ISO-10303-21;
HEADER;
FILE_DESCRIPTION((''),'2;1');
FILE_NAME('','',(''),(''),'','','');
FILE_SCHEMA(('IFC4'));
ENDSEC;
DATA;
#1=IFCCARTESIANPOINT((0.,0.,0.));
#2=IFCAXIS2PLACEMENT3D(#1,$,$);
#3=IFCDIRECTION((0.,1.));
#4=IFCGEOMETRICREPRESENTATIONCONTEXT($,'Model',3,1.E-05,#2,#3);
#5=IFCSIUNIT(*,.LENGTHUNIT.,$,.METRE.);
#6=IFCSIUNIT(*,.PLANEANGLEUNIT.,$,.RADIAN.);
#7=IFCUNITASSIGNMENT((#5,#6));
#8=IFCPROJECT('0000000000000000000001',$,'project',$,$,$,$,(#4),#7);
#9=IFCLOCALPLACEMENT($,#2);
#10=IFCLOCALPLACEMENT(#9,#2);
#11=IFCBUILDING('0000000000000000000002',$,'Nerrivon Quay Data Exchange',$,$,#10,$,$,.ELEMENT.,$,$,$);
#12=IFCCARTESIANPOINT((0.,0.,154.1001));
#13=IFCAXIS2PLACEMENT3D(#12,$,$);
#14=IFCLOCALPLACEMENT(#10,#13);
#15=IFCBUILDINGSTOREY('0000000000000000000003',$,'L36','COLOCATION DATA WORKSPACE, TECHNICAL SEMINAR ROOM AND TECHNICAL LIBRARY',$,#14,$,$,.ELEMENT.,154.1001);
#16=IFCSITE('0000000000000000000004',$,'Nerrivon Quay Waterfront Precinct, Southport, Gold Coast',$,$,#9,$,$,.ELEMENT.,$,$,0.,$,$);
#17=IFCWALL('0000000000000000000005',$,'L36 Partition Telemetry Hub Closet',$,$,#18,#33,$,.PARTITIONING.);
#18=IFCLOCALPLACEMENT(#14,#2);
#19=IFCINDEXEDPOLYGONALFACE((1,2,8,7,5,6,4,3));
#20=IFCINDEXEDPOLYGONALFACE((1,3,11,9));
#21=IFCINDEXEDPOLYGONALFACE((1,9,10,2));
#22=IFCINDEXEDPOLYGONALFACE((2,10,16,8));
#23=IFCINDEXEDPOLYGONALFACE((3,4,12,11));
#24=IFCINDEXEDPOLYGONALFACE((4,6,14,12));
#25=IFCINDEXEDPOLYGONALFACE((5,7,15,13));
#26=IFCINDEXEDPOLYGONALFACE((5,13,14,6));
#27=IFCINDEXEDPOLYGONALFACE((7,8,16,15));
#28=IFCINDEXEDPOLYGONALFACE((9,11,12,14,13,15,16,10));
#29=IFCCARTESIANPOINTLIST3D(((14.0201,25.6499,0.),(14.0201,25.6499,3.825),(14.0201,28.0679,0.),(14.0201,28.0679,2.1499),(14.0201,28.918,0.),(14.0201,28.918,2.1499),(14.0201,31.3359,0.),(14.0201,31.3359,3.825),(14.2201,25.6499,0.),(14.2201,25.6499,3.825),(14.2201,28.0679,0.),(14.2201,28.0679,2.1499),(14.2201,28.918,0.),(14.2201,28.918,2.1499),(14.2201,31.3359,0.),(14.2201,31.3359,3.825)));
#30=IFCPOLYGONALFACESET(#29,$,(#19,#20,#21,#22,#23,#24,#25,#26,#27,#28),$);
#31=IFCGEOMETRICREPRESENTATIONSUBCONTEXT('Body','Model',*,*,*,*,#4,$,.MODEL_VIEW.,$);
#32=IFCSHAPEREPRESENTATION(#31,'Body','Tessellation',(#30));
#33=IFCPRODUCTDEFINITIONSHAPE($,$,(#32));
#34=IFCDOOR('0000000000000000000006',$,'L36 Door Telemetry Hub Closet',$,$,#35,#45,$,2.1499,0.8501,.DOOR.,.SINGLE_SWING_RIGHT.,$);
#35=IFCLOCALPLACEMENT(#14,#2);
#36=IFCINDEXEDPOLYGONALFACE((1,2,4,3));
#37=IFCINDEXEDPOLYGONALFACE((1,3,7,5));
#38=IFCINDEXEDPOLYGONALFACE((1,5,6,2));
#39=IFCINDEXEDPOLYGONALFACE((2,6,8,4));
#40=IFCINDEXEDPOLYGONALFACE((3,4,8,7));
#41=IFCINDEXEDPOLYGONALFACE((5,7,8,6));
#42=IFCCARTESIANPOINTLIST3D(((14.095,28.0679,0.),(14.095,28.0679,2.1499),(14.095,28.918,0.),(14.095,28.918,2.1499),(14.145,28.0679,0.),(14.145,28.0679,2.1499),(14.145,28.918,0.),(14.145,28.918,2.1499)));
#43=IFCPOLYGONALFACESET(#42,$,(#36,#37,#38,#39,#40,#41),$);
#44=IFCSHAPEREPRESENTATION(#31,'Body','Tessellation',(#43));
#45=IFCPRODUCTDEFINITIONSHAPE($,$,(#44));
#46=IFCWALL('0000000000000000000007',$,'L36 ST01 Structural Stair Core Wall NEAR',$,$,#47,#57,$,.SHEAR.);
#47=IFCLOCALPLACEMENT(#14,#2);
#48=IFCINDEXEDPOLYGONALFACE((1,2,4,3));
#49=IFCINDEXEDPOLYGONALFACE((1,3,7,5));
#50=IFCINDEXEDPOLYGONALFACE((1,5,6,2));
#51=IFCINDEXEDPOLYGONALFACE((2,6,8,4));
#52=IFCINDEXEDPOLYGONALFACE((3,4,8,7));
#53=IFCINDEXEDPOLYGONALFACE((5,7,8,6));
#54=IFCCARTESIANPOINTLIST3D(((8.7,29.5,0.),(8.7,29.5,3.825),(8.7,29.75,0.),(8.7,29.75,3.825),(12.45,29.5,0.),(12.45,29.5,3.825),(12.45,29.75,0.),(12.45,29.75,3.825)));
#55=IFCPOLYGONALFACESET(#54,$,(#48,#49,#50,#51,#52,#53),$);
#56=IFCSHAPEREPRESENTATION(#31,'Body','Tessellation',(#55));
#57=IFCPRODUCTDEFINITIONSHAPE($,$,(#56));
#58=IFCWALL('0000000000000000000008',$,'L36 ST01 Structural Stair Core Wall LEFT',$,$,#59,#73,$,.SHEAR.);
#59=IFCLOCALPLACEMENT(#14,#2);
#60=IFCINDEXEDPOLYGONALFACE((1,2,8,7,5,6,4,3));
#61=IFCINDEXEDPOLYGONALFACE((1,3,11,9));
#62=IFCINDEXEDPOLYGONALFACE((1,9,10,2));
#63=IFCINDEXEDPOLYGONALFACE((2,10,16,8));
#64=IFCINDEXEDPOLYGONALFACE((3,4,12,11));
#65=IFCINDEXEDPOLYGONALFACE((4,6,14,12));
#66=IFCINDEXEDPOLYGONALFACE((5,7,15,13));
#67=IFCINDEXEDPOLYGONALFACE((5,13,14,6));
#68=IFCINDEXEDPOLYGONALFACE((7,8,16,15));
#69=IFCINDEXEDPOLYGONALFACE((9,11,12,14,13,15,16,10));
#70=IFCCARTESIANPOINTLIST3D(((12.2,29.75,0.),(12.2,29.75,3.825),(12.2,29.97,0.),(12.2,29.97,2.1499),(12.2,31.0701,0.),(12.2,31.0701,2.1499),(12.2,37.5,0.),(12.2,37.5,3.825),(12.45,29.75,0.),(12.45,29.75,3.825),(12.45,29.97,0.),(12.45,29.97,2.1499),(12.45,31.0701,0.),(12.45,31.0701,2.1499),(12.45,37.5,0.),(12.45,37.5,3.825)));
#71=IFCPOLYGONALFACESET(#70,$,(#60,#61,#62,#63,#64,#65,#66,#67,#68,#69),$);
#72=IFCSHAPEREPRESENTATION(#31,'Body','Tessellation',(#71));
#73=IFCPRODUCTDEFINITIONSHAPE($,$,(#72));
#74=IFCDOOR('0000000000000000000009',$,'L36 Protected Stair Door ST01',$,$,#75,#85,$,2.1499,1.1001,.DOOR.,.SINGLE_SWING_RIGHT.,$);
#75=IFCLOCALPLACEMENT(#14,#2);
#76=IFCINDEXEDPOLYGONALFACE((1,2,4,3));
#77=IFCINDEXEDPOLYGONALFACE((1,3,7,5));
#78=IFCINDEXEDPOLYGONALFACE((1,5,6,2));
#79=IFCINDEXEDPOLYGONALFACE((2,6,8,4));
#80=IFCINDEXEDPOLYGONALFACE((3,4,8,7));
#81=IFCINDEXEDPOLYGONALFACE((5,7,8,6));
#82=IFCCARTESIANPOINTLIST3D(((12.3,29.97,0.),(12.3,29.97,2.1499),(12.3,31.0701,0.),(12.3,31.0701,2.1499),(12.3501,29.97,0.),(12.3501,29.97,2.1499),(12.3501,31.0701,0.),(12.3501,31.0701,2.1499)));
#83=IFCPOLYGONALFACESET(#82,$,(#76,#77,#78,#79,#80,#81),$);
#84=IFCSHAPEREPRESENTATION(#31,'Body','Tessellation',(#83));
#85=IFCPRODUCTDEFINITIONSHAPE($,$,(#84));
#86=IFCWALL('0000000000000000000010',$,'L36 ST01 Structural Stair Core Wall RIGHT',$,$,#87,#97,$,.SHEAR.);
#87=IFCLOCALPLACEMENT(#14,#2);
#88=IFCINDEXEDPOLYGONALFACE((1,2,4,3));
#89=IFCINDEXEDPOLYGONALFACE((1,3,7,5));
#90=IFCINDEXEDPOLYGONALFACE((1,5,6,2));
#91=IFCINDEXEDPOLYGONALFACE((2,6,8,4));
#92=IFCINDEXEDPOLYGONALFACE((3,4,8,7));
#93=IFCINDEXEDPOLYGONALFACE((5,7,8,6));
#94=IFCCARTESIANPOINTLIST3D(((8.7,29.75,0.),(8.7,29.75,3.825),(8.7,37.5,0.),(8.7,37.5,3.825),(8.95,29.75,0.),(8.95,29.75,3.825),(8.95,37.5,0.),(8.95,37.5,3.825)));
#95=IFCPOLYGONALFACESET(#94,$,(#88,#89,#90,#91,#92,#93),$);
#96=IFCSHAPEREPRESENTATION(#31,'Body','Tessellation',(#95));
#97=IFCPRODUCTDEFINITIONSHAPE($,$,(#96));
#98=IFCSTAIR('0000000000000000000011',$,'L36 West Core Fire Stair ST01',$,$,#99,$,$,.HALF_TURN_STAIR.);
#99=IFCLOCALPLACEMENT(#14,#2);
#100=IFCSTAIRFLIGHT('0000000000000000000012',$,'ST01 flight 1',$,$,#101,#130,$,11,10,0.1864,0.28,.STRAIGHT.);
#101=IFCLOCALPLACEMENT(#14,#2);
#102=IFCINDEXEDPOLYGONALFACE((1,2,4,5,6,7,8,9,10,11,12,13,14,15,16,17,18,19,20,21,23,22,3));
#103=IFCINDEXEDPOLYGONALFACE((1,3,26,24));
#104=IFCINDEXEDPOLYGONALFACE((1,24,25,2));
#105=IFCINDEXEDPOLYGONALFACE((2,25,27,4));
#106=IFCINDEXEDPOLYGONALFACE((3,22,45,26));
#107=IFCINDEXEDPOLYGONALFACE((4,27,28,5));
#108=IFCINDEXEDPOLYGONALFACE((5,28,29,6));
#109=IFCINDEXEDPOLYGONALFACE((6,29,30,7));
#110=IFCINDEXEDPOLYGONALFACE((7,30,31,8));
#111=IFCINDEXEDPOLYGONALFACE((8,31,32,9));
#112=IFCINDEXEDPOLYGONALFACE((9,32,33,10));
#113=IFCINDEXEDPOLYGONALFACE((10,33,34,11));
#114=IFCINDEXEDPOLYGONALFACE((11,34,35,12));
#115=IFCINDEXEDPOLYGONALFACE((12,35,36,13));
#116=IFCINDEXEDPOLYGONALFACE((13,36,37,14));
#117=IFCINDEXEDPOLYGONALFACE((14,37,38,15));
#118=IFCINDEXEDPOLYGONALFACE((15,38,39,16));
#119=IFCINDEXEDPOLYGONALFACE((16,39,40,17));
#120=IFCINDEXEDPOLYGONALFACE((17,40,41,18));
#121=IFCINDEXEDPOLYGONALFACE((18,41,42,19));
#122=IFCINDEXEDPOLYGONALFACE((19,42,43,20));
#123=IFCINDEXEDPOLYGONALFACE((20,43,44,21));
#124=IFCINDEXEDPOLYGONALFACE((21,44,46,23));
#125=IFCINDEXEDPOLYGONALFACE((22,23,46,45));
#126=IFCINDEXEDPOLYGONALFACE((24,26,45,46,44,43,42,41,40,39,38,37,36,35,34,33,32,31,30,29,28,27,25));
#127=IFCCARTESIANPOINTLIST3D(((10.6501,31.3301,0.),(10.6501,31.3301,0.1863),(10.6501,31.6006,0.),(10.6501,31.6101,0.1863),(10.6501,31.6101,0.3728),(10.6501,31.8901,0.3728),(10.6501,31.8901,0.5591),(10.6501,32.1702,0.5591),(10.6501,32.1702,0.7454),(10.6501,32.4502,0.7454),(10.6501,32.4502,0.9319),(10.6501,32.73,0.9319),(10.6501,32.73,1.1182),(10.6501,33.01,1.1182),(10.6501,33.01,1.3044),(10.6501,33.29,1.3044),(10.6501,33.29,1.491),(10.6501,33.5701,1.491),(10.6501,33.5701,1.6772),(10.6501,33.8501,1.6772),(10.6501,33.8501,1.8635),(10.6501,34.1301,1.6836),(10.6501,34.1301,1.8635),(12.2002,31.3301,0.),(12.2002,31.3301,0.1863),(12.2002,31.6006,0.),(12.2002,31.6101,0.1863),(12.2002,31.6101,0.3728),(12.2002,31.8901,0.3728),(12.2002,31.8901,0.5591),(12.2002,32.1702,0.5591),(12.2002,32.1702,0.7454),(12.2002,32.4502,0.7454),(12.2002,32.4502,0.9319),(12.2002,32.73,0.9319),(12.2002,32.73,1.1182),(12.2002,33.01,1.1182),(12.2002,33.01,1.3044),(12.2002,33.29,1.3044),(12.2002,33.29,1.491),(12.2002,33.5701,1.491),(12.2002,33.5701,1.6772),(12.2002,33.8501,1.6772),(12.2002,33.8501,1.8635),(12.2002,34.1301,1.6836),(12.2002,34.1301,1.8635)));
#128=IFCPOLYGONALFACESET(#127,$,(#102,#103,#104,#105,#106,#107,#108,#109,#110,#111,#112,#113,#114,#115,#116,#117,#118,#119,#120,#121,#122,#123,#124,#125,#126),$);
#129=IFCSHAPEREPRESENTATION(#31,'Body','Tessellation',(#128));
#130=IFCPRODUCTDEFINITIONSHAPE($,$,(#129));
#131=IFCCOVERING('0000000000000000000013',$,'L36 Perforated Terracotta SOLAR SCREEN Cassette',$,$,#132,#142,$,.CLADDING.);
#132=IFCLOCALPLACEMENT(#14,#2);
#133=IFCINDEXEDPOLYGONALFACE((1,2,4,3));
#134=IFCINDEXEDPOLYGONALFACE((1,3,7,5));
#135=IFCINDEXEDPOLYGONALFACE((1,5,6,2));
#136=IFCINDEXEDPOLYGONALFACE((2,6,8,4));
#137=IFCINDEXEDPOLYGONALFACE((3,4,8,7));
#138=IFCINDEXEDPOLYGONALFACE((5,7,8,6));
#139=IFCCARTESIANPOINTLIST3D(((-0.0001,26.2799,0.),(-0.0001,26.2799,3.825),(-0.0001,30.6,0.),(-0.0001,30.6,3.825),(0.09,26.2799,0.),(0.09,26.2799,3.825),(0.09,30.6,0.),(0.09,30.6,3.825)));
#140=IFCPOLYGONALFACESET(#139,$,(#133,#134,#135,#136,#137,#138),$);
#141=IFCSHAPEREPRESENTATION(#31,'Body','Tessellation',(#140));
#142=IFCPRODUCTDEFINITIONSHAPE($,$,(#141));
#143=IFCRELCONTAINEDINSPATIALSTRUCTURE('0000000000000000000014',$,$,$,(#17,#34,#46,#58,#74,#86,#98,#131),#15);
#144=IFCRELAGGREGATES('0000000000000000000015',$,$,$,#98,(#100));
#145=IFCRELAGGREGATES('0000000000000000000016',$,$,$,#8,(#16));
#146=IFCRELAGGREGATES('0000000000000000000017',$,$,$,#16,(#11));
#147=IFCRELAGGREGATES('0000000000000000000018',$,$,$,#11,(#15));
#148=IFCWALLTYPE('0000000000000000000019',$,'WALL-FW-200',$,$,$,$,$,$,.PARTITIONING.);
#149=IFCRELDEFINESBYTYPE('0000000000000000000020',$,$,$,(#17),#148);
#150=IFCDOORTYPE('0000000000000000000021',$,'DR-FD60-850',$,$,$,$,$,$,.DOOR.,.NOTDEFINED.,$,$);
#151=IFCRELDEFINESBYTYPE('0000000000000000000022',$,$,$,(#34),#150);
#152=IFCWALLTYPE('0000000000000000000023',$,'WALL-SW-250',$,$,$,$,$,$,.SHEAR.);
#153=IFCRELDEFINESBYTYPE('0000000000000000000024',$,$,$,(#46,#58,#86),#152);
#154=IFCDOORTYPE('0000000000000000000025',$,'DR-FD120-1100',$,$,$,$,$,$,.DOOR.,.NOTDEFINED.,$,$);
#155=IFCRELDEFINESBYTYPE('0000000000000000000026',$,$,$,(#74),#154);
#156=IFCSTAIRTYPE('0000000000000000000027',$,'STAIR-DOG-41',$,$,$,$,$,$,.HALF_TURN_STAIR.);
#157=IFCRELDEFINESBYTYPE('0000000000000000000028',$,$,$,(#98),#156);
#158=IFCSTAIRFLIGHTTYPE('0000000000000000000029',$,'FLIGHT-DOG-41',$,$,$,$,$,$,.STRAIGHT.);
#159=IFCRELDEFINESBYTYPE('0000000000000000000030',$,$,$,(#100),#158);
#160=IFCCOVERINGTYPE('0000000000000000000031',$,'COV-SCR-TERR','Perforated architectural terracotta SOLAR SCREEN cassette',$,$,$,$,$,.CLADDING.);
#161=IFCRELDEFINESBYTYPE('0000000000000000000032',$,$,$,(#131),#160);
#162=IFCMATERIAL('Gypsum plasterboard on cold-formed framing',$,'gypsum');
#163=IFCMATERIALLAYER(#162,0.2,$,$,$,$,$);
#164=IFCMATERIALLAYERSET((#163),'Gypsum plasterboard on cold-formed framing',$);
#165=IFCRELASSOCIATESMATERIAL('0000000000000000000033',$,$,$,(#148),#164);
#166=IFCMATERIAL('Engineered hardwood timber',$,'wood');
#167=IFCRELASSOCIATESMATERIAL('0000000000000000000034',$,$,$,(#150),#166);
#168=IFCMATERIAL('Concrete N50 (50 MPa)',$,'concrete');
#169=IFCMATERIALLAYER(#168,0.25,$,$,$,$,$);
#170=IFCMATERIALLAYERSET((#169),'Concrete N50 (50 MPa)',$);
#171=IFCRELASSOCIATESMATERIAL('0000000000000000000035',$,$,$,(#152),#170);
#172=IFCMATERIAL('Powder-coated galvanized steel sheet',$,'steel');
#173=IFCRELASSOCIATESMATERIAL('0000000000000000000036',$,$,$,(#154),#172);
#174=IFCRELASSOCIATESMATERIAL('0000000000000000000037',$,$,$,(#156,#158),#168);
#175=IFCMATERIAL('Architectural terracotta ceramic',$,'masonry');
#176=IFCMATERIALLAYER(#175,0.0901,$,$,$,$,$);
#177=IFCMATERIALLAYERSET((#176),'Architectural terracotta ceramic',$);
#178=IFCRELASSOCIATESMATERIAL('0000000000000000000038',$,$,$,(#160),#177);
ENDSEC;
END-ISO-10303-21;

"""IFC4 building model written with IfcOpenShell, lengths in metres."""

from ifc_helpers import new_model, si_unit, direction, frame, frame_2d, origin, origin_2d, place, context, subcontext, project, spatial, polyline, rectangle, outline, extrude, material, layer, layer_set, type_object, element, fill, aggregate, save


model = new_model("IFC4")

# Units and contexts
model_context = context("Model", 3, precision=1e-05, world=origin(), true_north=direction((0.0, 1.0)))
body_context = subcontext(model_context, "Body", "Model", "MODEL_VIEW")
ifc_project = project(units=[si_unit("LENGTHUNIT", "METRE"), si_unit("PLANEANGLEUNIT", "RADIAN")], contexts=[model_context])

# Site, building, storey
site_placement = place(None, origin())
site = spatial("IfcSite", under=ifc_project, at=site_placement, Name="Nerrivon Quay Waterfront Precinct, Southport, Gold Coast", CompositionType="ELEMENT", RefElevation=0.0)
building_placement = place(site_placement, origin())
building = spatial("IfcBuilding", under=site, at=building_placement, Name="Nerrivon Quay Data Exchange", CompositionType="ELEMENT")
storey_placement = place(building_placement, frame((0.0, 0.0, 154.1001)))
storey = spatial("IfcBuildingStorey", under=building, at=storey_placement, Name="L36", Description="COLOCATION DATA WORKSPACE, TECHNICAL SEMINAR ROOM AND TECHNICAL LIBRARY", CompositionType="ELEMENT", Elevation=154.1001)

# Shared definitions
ifc_material_1 = material(Name="Gypsum plasterboard on cold-formed framing", Category="gypsum")
ifc_layer_1 = layer(ifc_material_1, 0.2)
ifc_layer_set_1 = layer_set([ifc_layer_1], Name="Gypsum plasterboard on cold-formed framing")
wall_type_1 = type_object("IfcWallType", Name="WALL-FW-200", PredefinedType="PARTITIONING", material=ifc_layer_set_1)
ifc_material_2 = material(Name="Powder-coated galvanized steel sheet", Category="steel")

# Wall, opening, door
wall_1_placement = place(storey_placement, frame((14.1201, 31.3359, 0.0), z_axis=(0.0, 0.0, 1.0), x_axis=(0.0, -1.0, 0.0)))
wall_1 = element("IfcWall", 1, at=wall_1_placement, inside=storey, type_object=wall_type_1, Name="L36 Partition Telemetry Hub Closet", PredefinedType="PARTITIONING", context=body_context, shape_type="SweptSolid", body=[
    extrude(rectangle(XDim=5.686, YDim=0.2, at=frame_2d((2.843, 0.0))), origin(), (0.0, 0.0, 1.0), 3.825),
])
opening_1_placement = place(wall_1_placement, frame((2.418, 0.0, 0.0)))
opening_1 = element("IfcOpeningElement", 2, at=opening_1_placement, cuts=wall_1, PredefinedType="OPENING", context=body_context, shape_type="SweptSolid", body=[
    extrude(rectangle(XDim=0.8501, YDim=2.1499, at=frame_2d((0.425, 1.075))), frame((0.0, 0.1099, 0.0), z_axis=(0.0, -1.0, 0.0), x_axis=(1.0, 0.0, 0.0)), (0.0, 0.0, 1.0), 0.22),
])
ifc_material_3 = material(Name="Engineered hardwood timber", Category="wood")
door_type_1 = type_object("IfcDoorType", Name="DR-FD60-850", OperationType="NOTDEFINED", PredefinedType="DOOR", material=ifc_material_3)
door_1_placement = place(opening_1_placement, origin())
door_1 = element("IfcDoor", 3, at=door_1_placement, inside=storey, type_object=door_type_1, Name="L36 Door Telemetry Hub Closet", OperationType="SINGLE_SWING_RIGHT", OverallHeight=2.1499, OverallWidth=0.8501, PredefinedType="DOOR", context=body_context, shape_type="SweptSolid", body=[
    extrude(rectangle(XDim=0.8501, YDim=2.1499, at=frame_2d((0.425, 1.075))), frame((0.0, 0.0249, 0.0), z_axis=(0.0, -1.0, 0.0), x_axis=(1.0, 0.0, 0.0)), (0.0, 0.0, 1.0), 0.05),
])
fill(opening_1, door_1)

# Wall
ifc_material_4 = material(Name="Concrete N50 (50 MPa)", Category="concrete")
ifc_layer_2 = layer(ifc_material_4, 0.25)
ifc_layer_set_2 = layer_set([ifc_layer_2], Name="Concrete N50 (50 MPa)")
wall_type_2 = type_object("IfcWallType", Name="WALL-SW-250", PredefinedType="SHEAR", material=ifc_layer_set_2)
wall_2_placement = place(storey_placement, frame((12.45, 29.625, 0.0), z_axis=(0.0, 0.0, 1.0), x_axis=(-1.0, 0.0, 0.0)))
element("IfcWall", 4, at=wall_2_placement, inside=storey, type_object=wall_type_2, Name="L36 ST01 Structural Stair Core Wall NEAR", PredefinedType="SHEAR", context=body_context, shape_type="SweptSolid", body=[
    extrude(rectangle(XDim=3.75, YDim=0.25, at=frame_2d((1.875, 0.0))), origin(), (0.0, 0.0, 1.0), 3.825),
])

# Wall, opening, door
wall_3_placement = place(storey_placement, frame((12.325, 29.75, 0.0), z_axis=(0.0, 0.0, 1.0), x_axis=(0.0, 1.0, 0.0)))
wall_3 = element("IfcWall", 5, at=wall_3_placement, inside=storey, type_object=wall_type_2, Name="L36 ST01 Structural Stair Core Wall LEFT", PredefinedType="SHEAR", context=body_context, shape_type="SweptSolid", body=[
    extrude(rectangle(XDim=7.75, YDim=0.25, at=frame_2d((3.875, 0.0))), origin(), (0.0, 0.0, 1.0), 3.825),
])
opening_2_placement = place(wall_3_placement, frame((0.22, 0.0, 0.0)))
opening_2 = element("IfcOpeningElement", 6, at=opening_2_placement, cuts=wall_3, PredefinedType="OPENING", context=body_context, shape_type="SweptSolid", body=[
    extrude(rectangle(XDim=1.1001, YDim=2.1499, at=frame_2d((0.55, 1.075))), frame((0.0, 0.135, 0.0), z_axis=(0.0, -1.0, 0.0), x_axis=(1.0, 0.0, 0.0)), (0.0, 0.0, 1.0), 0.27),
])
door_type_2 = type_object("IfcDoorType", Name="DR-FD120-1100", OperationType="NOTDEFINED", PredefinedType="DOOR", material=ifc_material_2)
door_2_placement = place(opening_2_placement, origin())
door_2 = element("IfcDoor", 7, at=door_2_placement, inside=storey, type_object=door_type_2, Name="L36 Protected Stair Door ST01", OperationType="SINGLE_SWING_RIGHT", OverallHeight=2.1499, OverallWidth=1.1001, PredefinedType="DOOR", context=body_context, shape_type="SweptSolid", body=[
    extrude(rectangle(XDim=1.1001, YDim=2.1499, at=frame_2d((0.55, 1.075))), frame((0.0, 0.0249, 0.0), z_axis=(0.0, -1.0, 0.0), x_axis=(1.0, 0.0, 0.0)), (0.0, 0.0, 1.0), 0.05),
])
fill(opening_2, door_2)

# Wall
wall_4_placement = place(storey_placement, frame((8.825, 29.75, 0.0), z_axis=(0.0, 0.0, 1.0), x_axis=(0.0, 1.0, 0.0)))
element("IfcWall", 8, at=wall_4_placement, inside=storey, type_object=wall_type_2, Name="L36 ST01 Structural Stair Core Wall RIGHT", PredefinedType="SHEAR", context=body_context, shape_type="SweptSolid", body=[
    extrude(rectangle(XDim=7.75, YDim=0.25, at=frame_2d((3.875, 0.0))), origin(), (0.0, 0.0, 1.0), 3.825),
])

# Stair, stair flight
stair_type = type_object("IfcStairType", Name="STAIR-DOG-41", PredefinedType="HALF_TURN_STAIR", material=ifc_material_4)
stair_placement = place(storey_placement, origin())
stair = element("IfcStair", 9, at=stair_placement, inside=storey, type_object=stair_type, Name="L36 West Core Fire Stair ST01", PredefinedType="HALF_TURN_STAIR")
stair_flight_type = type_object("IfcStairFlightType", Name="FLIGHT-DOG-41", PredefinedType="STRAIGHT", material=ifc_material_4)
stair_flight_placement = place(storey_placement, frame((11.425, 31.3301, 0.0), z_axis=(0.0, 0.0, 1.0), x_axis=(0.0, 1.0, 0.0)))
stair_flight = element("IfcStairFlight", 10, at=stair_flight_placement, type_object=stair_flight_type, Name="ST01 flight 1", NumberOfRisers=11, NumberOfTreads=10, PredefinedType="STRAIGHT", RiserHeight=0.1864, TreadLength=0.28, context=body_context, shape_type="SweptSolid", body=[
    extrude(outline(polyline([(0.0, 0.0), (0.0, 0.1863), (0.28, 0.1863), (0.28, 0.3728), (0.5601, 0.3728), (0.5601, 0.5591), (0.8401, 0.5591), (0.8401, 0.7454), (1.1201, 0.7454), (1.1201, 0.9319), (1.3999, 0.9319), (1.3999, 1.1182), (1.6799, 1.1182), (1.6799, 1.3044), (1.96, 1.3044), (1.96, 1.491), (2.24, 1.491), (2.24, 1.6772), (2.52, 1.6772), (2.52, 1.8635), (2.8, 1.8635), (2.8, 2.05), (2.8, 1.6836), (0.2705, 0.0), (0.0, 0.0)])), frame((0.0, 0.7749, 0.0), z_axis=(0.0, -1.0, 0.0), x_axis=(1.0, 0.0, 0.0)), (0.0, 0.0, 1.0), 1.55),
])
aggregate(stair, [stair_flight])

# Covering
ifc_material_5 = material(Name="Architectural terracotta ceramic", Category="masonry")
ifc_layer_3 = layer(ifc_material_5, 0.0901)
ifc_layer_set_3 = layer_set([ifc_layer_3], Name="Architectural terracotta ceramic")
covering_type = type_object("IfcCoveringType", Name="COV-SCR-TERR", Description="Perforated architectural terracotta SOLAR SCREEN cassette", PredefinedType="CLADDING", material=ifc_layer_set_3)
covering_placement = place(storey_placement, frame((0.0449, 28.4399, 0.0), z_axis=(0.0, 0.0, 1.0), x_axis=(0.0, 1.0, 0.0)))
element("IfcCovering", 11, at=covering_placement, inside=storey, type_object=covering_type, Name="L36 Perforated Terracotta SOLAR SCREEN Cassette", PredefinedType="CLADDING", context=body_context, shape_type="SweptSolid", body=[
    extrude(rectangle(XDim=4.3201, YDim=0.0901, at=origin_2d()), origin(), (0.0, 0.0, 1.0), 3.825),
])

save(model, "model.ifc")
